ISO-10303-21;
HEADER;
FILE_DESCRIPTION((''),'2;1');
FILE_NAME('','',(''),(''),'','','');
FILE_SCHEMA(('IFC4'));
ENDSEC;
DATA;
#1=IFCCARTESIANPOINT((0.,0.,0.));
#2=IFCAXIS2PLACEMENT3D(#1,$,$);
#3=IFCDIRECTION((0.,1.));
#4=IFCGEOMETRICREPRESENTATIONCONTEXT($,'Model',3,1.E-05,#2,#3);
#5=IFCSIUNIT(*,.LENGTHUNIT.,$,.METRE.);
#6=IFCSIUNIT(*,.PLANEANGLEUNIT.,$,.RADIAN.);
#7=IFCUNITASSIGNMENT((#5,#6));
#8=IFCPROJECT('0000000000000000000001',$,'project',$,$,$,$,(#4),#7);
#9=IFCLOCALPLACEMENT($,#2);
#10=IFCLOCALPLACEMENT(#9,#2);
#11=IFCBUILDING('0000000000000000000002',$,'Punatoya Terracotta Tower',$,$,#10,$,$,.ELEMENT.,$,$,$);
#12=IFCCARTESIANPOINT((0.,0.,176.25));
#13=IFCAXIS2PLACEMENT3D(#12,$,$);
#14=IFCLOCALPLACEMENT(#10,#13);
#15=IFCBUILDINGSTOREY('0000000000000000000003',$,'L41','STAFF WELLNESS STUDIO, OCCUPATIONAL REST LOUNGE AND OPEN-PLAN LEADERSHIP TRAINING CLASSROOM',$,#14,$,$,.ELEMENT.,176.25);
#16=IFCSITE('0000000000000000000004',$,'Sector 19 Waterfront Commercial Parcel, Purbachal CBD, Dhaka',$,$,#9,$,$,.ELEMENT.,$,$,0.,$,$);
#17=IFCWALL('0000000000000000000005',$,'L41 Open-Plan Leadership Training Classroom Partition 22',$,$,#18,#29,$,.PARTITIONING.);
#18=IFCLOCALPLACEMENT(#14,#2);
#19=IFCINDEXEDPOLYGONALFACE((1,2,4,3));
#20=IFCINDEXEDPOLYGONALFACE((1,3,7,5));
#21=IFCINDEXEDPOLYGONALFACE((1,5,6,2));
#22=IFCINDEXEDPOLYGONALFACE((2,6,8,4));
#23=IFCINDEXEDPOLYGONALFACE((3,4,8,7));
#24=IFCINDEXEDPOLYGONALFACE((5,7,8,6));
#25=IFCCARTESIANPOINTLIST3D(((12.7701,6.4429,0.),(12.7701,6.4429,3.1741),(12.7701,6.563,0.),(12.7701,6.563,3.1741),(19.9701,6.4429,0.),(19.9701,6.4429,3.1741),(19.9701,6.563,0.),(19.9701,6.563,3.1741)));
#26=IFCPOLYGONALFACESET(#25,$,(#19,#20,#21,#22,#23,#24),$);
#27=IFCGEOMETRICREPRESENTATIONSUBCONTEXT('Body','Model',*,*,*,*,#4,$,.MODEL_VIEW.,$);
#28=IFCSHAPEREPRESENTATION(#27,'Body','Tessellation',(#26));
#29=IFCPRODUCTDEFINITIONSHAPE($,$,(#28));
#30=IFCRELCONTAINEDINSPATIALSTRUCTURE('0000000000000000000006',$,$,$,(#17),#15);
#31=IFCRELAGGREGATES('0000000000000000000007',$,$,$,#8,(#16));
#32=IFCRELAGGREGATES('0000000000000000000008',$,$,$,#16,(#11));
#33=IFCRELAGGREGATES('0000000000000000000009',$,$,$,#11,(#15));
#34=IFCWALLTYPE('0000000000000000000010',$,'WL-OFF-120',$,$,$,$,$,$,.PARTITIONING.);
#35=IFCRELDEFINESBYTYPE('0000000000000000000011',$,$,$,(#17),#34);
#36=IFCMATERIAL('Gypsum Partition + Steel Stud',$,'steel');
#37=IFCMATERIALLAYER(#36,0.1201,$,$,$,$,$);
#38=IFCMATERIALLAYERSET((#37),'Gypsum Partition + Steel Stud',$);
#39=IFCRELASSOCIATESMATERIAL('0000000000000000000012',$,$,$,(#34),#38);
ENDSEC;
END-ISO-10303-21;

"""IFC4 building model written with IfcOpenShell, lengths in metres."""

from ifc_helpers import new_model, si_unit, direction, frame, frame_2d, origin, place, context, subcontext, project, spatial, rectangle, extrude, material, layer, layer_set, type_object, element, save


model = new_model("IFC4")

# Units and contexts
model_context = context("Model", 3, precision=1e-05, world=origin(), true_north=direction((0.0, 1.0)))
body_context = subcontext(model_context, "Body", "Model", "MODEL_VIEW")
ifc_project = project(units=[si_unit("LENGTHUNIT", "METRE"), si_unit("PLANEANGLEUNIT", "RADIAN")], contexts=[model_context])

# Site, building, storey
site_placement = place(None, origin())
site = spatial("IfcSite", under=ifc_project, at=site_placement, Name="Sector 19 Waterfront Commercial Parcel, Purbachal CBD, Dhaka", CompositionType="ELEMENT", RefElevation=0.0)
building_placement = place(site_placement, origin())
building = spatial("IfcBuilding", under=site, at=building_placement, Name="Punatoya Terracotta Tower", CompositionType="ELEMENT")
storey_placement = place(building_placement, frame((0.0, 0.0, 176.25)))
storey = spatial("IfcBuildingStorey", under=building, at=storey_placement, Name="L41", Description="STAFF WELLNESS STUDIO, OCCUPATIONAL REST LOUNGE AND OPEN-PLAN LEADERSHIP TRAINING CLASSROOM", CompositionType="ELEMENT", Elevation=176.25)

# Wall
ifc_material_1 = material(Name="Gypsum Partition + Steel Stud", Category="steel")
ifc_layer_1 = layer(ifc_material_1, 0.1201)
ifc_layer_set_1 = layer_set([ifc_layer_1], Name="Gypsum Partition + Steel Stud")
wall_type_1 = type_object("IfcWallType", Name="WL-OFF-120", PredefinedType="PARTITIONING", material=ifc_layer_set_1)
wall_1_placement = place(storey_placement, frame((12.77, 6.5029, 0.0), z_axis=(0.0, 0.0, 1.0), x_axis=(1.0, 0.0, 0.0)))
element("IfcWall", 1, at=wall_1_placement, inside=storey, type_object=wall_type_1, Name="L41 Open-Plan Leadership Training Classroom Partition 22", PredefinedType="PARTITIONING", context=body_context, shape_type="SweptSolid", body=[
    extrude(rectangle(XDim=7.2, YDim=0.1201, at=frame_2d((3.6001, 0.0))), origin(), (0.0, 0.0, 1.0), 3.1741),
])

save(model, "model.ifc")
